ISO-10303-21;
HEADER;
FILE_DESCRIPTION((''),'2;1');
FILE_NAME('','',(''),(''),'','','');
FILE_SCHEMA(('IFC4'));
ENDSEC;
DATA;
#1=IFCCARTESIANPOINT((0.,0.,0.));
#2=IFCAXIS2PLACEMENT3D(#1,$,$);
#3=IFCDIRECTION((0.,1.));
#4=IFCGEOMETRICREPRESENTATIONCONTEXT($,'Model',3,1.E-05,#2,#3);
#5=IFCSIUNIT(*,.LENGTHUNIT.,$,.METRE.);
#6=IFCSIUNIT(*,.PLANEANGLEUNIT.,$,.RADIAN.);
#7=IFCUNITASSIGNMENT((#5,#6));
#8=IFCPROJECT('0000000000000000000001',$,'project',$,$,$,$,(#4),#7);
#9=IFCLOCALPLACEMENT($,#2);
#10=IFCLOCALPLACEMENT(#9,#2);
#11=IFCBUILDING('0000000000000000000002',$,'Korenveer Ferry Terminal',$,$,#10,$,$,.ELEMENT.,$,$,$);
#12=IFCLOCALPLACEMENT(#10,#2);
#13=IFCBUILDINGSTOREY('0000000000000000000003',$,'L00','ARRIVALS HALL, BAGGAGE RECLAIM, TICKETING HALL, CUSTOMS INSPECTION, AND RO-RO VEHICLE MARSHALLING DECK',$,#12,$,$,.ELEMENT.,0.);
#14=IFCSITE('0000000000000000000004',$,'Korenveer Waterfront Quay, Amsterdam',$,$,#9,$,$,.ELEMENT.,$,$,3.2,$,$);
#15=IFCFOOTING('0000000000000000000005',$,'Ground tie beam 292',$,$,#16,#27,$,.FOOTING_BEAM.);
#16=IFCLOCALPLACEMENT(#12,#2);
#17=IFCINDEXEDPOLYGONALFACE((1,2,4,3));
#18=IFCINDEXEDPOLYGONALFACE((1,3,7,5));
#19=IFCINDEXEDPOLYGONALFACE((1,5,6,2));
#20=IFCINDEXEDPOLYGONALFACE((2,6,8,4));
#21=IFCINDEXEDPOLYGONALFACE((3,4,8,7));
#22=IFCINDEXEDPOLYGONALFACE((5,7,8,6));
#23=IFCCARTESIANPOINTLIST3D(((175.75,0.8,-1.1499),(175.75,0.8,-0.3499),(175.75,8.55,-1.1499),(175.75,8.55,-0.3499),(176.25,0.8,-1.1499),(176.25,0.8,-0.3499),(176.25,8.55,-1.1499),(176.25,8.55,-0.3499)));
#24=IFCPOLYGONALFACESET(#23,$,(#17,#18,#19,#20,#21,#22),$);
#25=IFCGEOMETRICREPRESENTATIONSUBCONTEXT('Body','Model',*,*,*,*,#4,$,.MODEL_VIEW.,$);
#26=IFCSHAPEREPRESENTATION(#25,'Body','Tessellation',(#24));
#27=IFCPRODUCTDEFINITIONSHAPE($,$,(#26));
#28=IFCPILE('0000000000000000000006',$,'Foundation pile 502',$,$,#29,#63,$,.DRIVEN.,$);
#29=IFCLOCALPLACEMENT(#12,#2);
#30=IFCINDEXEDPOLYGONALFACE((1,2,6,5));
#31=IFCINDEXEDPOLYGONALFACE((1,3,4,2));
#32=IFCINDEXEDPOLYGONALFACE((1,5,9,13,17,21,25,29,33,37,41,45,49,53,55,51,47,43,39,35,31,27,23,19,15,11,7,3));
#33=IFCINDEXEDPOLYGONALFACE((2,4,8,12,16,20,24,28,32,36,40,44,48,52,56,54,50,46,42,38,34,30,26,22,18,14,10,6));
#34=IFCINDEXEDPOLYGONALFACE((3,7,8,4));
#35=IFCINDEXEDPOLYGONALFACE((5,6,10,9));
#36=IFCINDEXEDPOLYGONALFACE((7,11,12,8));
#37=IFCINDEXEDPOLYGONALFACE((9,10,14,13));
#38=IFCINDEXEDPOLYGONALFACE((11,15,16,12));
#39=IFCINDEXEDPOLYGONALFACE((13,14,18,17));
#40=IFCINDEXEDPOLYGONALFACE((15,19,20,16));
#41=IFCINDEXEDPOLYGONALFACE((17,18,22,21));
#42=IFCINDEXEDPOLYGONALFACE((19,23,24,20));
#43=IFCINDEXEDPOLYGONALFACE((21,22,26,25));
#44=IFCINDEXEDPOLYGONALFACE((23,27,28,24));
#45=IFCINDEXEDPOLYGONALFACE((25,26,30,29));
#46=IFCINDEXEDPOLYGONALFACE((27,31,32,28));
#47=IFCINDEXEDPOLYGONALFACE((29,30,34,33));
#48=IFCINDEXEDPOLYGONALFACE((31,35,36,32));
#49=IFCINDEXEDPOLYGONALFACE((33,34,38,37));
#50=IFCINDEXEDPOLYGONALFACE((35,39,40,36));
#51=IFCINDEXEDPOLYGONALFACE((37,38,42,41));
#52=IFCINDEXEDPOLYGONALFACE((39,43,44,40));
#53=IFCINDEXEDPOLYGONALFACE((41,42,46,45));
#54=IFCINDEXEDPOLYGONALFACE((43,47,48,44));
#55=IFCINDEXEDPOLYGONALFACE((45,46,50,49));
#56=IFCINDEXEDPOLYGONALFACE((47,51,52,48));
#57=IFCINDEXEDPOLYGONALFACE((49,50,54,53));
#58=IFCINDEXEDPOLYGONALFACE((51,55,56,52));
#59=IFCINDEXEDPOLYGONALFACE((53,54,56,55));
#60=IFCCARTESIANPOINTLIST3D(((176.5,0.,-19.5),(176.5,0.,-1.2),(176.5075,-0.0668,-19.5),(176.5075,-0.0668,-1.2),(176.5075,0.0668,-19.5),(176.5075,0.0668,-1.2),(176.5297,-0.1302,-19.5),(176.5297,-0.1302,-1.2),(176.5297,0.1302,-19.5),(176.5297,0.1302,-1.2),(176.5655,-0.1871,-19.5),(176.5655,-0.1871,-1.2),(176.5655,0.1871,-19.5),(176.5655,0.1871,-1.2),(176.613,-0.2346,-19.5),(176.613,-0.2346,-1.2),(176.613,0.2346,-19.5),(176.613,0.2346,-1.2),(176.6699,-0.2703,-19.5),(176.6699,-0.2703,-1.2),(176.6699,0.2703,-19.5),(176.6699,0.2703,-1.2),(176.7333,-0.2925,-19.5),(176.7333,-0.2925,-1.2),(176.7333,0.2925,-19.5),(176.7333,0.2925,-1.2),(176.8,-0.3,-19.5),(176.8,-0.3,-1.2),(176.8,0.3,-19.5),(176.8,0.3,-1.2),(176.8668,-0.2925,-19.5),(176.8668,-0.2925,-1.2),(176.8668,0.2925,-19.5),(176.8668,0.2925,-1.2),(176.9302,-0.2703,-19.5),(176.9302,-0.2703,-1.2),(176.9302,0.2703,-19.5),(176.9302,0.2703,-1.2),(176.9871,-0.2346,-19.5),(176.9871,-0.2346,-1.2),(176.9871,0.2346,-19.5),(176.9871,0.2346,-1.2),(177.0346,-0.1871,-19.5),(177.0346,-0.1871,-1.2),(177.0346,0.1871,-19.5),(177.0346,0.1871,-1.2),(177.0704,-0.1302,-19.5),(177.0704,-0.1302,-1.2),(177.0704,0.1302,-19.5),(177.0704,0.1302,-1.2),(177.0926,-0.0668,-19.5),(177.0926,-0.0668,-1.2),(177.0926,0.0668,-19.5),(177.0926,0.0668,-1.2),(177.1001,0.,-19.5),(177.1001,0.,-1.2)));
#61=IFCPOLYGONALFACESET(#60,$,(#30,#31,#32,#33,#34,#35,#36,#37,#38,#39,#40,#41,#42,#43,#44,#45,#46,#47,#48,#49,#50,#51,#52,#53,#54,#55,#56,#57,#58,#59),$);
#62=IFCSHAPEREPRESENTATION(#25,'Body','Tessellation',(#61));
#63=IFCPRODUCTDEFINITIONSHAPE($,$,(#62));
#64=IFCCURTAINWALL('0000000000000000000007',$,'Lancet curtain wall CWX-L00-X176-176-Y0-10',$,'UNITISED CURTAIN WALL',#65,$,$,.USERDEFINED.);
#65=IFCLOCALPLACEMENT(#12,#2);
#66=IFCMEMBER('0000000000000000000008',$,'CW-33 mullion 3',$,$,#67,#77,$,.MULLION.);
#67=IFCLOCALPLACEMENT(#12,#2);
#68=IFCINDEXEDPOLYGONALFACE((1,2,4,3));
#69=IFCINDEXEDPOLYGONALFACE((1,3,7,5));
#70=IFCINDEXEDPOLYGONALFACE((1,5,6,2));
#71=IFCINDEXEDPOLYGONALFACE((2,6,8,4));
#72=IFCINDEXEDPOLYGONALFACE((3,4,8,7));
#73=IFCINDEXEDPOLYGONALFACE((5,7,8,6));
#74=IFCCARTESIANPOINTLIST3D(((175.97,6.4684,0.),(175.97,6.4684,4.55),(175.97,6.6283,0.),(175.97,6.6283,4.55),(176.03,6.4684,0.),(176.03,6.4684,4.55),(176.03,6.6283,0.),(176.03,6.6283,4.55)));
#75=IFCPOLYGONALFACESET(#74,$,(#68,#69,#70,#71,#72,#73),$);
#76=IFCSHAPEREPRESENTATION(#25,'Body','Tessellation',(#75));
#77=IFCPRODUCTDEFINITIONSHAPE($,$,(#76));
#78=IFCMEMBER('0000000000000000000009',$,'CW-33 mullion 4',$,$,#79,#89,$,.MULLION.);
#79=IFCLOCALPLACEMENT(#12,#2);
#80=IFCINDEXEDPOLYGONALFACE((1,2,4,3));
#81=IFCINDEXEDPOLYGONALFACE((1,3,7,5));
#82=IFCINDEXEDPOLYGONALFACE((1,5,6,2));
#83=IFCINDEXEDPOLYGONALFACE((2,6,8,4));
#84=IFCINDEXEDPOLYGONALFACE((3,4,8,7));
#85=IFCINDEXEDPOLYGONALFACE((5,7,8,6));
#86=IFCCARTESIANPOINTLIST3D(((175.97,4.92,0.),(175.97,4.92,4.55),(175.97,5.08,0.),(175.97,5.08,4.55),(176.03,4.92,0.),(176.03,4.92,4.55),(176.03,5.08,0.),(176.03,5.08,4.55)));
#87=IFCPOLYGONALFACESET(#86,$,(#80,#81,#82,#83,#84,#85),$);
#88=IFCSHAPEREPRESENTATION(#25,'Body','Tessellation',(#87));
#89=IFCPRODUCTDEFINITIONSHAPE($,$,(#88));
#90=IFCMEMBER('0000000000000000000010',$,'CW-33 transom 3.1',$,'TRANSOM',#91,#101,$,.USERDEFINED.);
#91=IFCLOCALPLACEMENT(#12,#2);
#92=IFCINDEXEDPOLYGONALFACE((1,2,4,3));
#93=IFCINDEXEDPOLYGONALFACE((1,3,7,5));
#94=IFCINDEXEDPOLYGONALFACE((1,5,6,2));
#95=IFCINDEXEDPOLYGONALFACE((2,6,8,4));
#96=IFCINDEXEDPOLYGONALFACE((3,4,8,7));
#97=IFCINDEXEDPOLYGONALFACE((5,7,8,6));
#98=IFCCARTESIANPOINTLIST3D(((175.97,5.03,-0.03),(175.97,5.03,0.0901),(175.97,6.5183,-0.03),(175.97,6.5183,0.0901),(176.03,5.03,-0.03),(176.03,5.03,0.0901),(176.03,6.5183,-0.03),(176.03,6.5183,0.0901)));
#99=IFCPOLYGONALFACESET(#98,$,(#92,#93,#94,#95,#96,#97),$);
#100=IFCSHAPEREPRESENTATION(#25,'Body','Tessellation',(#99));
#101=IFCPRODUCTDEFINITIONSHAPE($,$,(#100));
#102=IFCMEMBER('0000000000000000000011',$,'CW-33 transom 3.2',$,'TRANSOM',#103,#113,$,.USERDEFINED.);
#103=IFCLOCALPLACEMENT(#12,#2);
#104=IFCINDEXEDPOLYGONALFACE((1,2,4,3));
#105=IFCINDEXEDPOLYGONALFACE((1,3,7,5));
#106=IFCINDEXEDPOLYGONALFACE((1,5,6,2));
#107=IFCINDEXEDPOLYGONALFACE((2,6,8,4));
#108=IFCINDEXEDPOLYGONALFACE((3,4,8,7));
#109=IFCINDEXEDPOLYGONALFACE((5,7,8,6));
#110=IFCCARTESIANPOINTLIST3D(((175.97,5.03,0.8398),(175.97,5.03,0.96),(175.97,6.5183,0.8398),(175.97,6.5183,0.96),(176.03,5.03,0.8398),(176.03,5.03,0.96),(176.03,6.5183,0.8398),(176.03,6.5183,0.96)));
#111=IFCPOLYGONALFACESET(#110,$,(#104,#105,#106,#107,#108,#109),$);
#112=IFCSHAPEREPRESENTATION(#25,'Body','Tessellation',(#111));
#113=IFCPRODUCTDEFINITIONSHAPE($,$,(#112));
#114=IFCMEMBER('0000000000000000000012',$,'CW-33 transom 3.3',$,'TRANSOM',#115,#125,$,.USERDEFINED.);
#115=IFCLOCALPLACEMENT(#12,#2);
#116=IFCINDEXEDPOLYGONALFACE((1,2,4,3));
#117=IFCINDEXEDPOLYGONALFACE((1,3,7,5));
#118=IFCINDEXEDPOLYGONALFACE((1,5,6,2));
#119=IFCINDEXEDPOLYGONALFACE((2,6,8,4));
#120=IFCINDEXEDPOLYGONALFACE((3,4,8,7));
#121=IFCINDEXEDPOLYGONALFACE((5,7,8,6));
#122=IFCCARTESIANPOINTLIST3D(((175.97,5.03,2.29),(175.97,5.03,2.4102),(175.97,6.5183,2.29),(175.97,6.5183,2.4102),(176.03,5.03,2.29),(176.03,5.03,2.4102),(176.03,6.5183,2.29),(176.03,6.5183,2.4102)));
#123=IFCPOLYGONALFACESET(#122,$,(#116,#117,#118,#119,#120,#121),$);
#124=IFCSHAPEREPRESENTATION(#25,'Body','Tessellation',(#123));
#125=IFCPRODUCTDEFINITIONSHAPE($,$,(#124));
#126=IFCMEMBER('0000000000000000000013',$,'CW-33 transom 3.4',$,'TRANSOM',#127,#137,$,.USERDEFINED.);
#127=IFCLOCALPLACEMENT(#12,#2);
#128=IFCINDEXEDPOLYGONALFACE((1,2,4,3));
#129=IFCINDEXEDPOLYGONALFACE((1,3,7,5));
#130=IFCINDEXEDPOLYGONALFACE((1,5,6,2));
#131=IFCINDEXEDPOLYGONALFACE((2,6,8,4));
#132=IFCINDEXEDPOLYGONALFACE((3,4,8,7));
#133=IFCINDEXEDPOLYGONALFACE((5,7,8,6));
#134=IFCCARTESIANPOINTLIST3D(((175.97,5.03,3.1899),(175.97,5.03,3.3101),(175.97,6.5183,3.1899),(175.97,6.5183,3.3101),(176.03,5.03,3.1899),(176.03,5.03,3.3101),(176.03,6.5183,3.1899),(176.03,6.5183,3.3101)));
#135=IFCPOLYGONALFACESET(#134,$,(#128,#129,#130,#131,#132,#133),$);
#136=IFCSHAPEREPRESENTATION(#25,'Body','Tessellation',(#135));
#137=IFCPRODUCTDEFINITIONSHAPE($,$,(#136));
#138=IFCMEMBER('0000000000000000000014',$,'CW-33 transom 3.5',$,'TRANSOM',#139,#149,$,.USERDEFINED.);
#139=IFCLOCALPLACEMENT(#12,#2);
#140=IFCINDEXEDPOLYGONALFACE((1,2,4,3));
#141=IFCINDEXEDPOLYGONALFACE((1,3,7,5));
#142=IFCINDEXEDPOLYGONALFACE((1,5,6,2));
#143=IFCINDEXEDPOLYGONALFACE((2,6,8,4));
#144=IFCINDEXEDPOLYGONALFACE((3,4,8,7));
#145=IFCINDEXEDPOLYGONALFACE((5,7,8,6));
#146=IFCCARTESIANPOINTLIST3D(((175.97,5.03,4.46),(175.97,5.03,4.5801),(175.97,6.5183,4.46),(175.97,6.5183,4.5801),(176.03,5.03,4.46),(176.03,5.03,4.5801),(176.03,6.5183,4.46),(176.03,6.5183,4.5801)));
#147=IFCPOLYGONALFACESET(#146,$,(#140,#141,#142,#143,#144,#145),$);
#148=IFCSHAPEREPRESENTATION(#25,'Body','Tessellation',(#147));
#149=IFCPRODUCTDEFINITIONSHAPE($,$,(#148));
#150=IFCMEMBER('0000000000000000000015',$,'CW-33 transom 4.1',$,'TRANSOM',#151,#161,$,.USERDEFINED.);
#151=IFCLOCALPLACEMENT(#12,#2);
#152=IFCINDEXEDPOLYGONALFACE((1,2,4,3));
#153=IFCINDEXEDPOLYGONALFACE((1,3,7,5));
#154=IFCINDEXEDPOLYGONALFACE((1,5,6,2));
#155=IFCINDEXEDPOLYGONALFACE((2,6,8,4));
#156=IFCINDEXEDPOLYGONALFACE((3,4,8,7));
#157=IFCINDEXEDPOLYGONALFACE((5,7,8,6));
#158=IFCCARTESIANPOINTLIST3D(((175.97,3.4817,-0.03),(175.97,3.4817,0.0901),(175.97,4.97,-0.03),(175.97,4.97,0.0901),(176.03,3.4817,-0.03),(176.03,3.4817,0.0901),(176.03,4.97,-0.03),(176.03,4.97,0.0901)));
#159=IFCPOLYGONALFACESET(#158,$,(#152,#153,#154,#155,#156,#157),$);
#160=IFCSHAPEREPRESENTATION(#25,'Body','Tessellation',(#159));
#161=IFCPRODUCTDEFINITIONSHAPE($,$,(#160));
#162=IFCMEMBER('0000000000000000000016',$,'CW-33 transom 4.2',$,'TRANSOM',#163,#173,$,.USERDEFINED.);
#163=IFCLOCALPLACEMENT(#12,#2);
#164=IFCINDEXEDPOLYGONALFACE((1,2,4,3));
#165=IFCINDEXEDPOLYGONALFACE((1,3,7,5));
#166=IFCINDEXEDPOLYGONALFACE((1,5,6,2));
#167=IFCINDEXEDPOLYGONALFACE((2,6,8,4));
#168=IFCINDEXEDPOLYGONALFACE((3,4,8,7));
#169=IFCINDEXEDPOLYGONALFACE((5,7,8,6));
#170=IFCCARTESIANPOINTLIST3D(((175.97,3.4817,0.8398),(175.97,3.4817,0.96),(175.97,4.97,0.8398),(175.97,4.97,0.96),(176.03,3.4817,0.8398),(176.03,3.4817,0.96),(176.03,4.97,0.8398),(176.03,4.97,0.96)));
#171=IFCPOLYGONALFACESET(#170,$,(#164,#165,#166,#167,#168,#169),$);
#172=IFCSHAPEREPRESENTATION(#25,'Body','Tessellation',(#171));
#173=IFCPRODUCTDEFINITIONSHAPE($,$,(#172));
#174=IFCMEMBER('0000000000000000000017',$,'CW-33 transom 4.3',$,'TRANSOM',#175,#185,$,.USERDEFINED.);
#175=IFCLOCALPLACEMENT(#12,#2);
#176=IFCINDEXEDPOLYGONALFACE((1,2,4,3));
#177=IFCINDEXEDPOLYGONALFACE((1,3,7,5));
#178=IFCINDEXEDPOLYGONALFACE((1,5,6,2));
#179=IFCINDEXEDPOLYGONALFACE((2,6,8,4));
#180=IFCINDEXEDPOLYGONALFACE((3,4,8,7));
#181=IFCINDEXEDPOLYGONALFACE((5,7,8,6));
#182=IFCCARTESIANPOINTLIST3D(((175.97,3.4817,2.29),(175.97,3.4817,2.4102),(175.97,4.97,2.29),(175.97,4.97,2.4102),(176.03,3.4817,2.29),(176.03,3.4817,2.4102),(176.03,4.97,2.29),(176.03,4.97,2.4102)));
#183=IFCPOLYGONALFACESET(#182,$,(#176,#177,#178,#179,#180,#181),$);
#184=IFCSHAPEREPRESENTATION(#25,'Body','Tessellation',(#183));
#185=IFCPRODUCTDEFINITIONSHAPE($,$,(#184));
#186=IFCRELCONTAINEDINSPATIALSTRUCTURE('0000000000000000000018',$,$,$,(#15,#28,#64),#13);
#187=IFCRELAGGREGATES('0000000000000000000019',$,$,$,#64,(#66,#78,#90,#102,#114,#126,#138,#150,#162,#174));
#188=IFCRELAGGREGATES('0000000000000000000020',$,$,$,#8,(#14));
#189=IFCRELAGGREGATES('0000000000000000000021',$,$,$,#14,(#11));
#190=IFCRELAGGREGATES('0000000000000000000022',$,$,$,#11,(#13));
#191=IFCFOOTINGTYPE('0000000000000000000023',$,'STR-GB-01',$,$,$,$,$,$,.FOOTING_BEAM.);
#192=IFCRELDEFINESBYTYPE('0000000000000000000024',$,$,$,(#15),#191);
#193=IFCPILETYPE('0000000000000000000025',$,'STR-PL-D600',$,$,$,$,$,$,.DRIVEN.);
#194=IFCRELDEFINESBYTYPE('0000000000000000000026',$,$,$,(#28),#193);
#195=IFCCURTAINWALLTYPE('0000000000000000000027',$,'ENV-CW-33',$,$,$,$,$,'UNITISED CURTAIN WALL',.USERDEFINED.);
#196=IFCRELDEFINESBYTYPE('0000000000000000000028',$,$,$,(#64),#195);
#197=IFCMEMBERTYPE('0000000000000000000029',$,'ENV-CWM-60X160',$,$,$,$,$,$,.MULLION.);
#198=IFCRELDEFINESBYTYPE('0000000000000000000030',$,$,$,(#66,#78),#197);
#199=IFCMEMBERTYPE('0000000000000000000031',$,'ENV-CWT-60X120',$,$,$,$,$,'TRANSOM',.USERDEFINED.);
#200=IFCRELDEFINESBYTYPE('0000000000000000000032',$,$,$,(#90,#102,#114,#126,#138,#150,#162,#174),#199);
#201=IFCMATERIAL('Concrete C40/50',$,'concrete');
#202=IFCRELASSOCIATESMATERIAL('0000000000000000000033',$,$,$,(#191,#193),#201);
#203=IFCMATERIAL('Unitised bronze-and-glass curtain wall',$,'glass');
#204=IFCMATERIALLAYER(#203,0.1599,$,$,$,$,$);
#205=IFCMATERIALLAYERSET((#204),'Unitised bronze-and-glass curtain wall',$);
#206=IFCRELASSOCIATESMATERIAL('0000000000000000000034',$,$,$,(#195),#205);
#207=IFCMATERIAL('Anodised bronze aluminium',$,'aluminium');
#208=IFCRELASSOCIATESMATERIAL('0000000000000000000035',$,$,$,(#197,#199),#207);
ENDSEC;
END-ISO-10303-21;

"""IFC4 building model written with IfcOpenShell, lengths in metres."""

from ifc_helpers import new_model, si_unit, direction, frame, origin, origin_2d, place, context, subcontext, project, spatial, rectangle, circle, extrude, material, layer, layer_set, material_profile, profile_set, type_object, element, aggregate, save


model = new_model("IFC4")

# Units and contexts
model_context = context("Model", 3, precision=1e-05, world=origin(), true_north=direction((0.0, 1.0)))
body_context = subcontext(model_context, "Body", "Model", "MODEL_VIEW")
ifc_project = project(units=[si_unit("LENGTHUNIT", "METRE"), si_unit("PLANEANGLEUNIT", "RADIAN")], contexts=[model_context])

# Site, building, storey
site_placement = place(None, origin())
site = spatial("IfcSite", under=ifc_project, at=site_placement, Name="Korenveer Waterfront Quay, Amsterdam", CompositionType="ELEMENT", RefElevation=3.2)
building_placement = place(site_placement, origin())
building = spatial("IfcBuilding", under=site, at=building_placement, Name="Korenveer Ferry Terminal", CompositionType="ELEMENT")
storey_placement = place(building_placement, origin())
storey = spatial("IfcBuildingStorey", under=building, at=storey_placement, Name="L00", Description="ARRIVALS HALL, BAGGAGE RECLAIM, TICKETING HALL, CUSTOMS INSPECTION, AND RO-RO VEHICLE MARSHALLING DECK", CompositionType="ELEMENT", Elevation=0.0)

# Footing
ifc_material_1 = material(Name="Concrete C40/50", Category="concrete")
footing_type = type_object("IfcFootingType", Name="STR-GB-01", PredefinedType="FOOTING_BEAM", material=ifc_material_1)
footing_placement = place(storey_placement, frame((176.0, 4.675, -1.1499), z_axis=(0.0, 0.0, 1.0), x_axis=(1.0, 0.0, 0.0)))
element("IfcFooting", 1, at=footing_placement, inside=storey, type_object=footing_type, Name="Ground tie beam 292", PredefinedType="FOOTING_BEAM", context=body_context, shape_type="SweptSolid", body=[
    extrude(rectangle(XDim=0.5, YDim=7.75, at=origin_2d()), origin(), (0.0, 0.0, 1.0), 0.8),
])

# Pile
ifc_material_profile_1 = material_profile(ifc_material_1, circle(Radius=0.3, at=origin_2d()), Name="PILE D600")
ifc_profile_set_1 = profile_set([ifc_material_profile_1], Name="Concrete C40/50")
pile_type = type_object("IfcPileType", Name="STR-PL-D600", PredefinedType="DRIVEN", material=ifc_profile_set_1)
pile_placement = place(storey_placement, frame((176.8, 0.0, -1.2), z_axis=(0.0, 0.0, -1.0), x_axis=(1.0, 0.0, 0.0)))
element("IfcPile", 2, at=pile_placement, inside=storey, type_object=pile_type, Name="Foundation pile 502", PredefinedType="DRIVEN", context=body_context, shape_type="SweptSolid", body=[
    extrude(circle(Radius=0.3, at=origin_2d()), origin(), (0.0, 0.0, 1.0), 18.3),
])

# Curtain wall, members
ifc_material_2 = material(Name="Unitised bronze-and-glass curtain wall", Category="glass")
ifc_layer_1 = layer(ifc_material_2, 0.1599)
ifc_layer_set_1 = layer_set([ifc_layer_1], Name="Unitised bronze-and-glass curtain wall")
curtain_wall_type = type_object("IfcCurtainWallType", Name="ENV-CW-33", ElementType="UNITISED CURTAIN WALL", PredefinedType="USERDEFINED", material=ifc_layer_set_1)
curtain_wall_placement = place(storey_placement, frame((176.0, 9.645, 0.0)))
curtain_wall = element("IfcCurtainWall", 3, at=curtain_wall_placement, inside=storey, type_object=curtain_wall_type, Name="Lancet curtain wall CWX-L00-X176-176-Y0-10", ObjectType="UNITISED CURTAIN WALL", PredefinedType="USERDEFINED")
ifc_material_3 = material(Name="Anodised bronze aluminium", Category="aluminium")
ifc_material_profile_2 = material_profile(ifc_material_3, rectangle(XDim=0.0601, YDim=0.1599, at=origin_2d()), Name="ALU 60x160")
ifc_profile_set_2 = profile_set([ifc_material_profile_2], Name="Anodised bronze aluminium")
member_type_1 = type_object("IfcMemberType", Name="ENV-CWM-60X160", PredefinedType="MULLION", material=ifc_profile_set_2)
member_1_placement = place(storey_placement, frame((176.0, 6.5483, 0.0), z_axis=(0.0, 0.0, 1.0), x_axis=(1.0, 0.0, 0.0)))
member_1 = element("IfcMember", 4, at=member_1_placement, type_object=member_type_1, Name="CW-33 mullion 3", PredefinedType="MULLION", context=body_context, shape_type="SweptSolid", body=[
    extrude(rectangle(XDim=0.0601, YDim=0.1599, at=origin_2d()), origin(), (0.0, 0.0, 1.0), 4.55),
])
member_2_placement = place(storey_placement, frame((176.0, 5.0, 0.0), z_axis=(0.0, 0.0, 1.0), x_axis=(1.0, 0.0, 0.0)))
member_2 = element("IfcMember", 5, at=member_2_placement, type_object=member_type_1, Name="CW-33 mullion 4", PredefinedType="MULLION", context=body_context, shape_type="SweptSolid", body=[
    extrude(rectangle(XDim=0.0601, YDim=0.1599, at=origin_2d()), origin(), (0.0, 0.0, 1.0), 4.55),
])
ifc_material_profile_3 = material_profile(ifc_material_3, rectangle(XDim=0.0601, YDim=0.1201, at=origin_2d()), Name="ALU 60x120")
ifc_profile_set_3 = profile_set([ifc_material_profile_3], Name="Anodised bronze aluminium")
member_type_2 = type_object("IfcMemberType", Name="ENV-CWT-60X120", ElementType="TRANSOM", PredefinedType="USERDEFINED", material=ifc_profile_set_3)
member_3_placement = place(storey_placement, frame((176.0, 6.5183, 0.03), z_axis=(0.0, -1.0, 0.0), x_axis=(1.0, 0.0, 0.0)))
member_3 = element("IfcMember", 6, at=member_3_placement, type_object=member_type_2, Name="CW-33 transom 3.1", ObjectType="TRANSOM", PredefinedType="USERDEFINED", context=body_context, shape_type="SweptSolid", body=[
    extrude(rectangle(XDim=0.0601, YDim=0.1201, at=origin_2d()), origin(), (0.0, 0.0, 1.0), 1.4883),
])
member_4_placement = place(storey_placement, frame((176.0, 6.5183, 0.8999), z_axis=(0.0, -1.0, 0.0), x_axis=(1.0, 0.0, 0.0)))
member_4 = element("IfcMember", 7, at=member_4_placement, type_object=member_type_2, Name="CW-33 transom 3.2", ObjectType="TRANSOM", PredefinedType="USERDEFINED", context=body_context, shape_type="SweptSolid", body=[
    extrude(rectangle(XDim=0.0601, YDim=0.1201, at=origin_2d()), origin(), (0.0, 0.0, 1.0), 1.4883),
])
member_5_placement = place(storey_placement, frame((176.0, 6.5183, 2.3501), z_axis=(0.0, -1.0, 0.0), x_axis=(1.0, 0.0, 0.0)))
member_5 = element("IfcMember", 8, at=member_5_placement, type_object=member_type_2, Name="CW-33 transom 3.3", ObjectType="TRANSOM", PredefinedType="USERDEFINED", context=body_context, shape_type="SweptSolid", body=[
    extrude(rectangle(XDim=0.0601, YDim=0.1201, at=origin_2d()), origin(), (0.0, 0.0, 1.0), 1.4883),
])
member_6_placement = place(storey_placement, frame((176.0, 6.5183, 3.25), z_axis=(0.0, -1.0, 0.0), x_axis=(1.0, 0.0, 0.0)))
member_6 = element("IfcMember", 9, at=member_6_placement, type_object=member_type_2, Name="CW-33 transom 3.4", ObjectType="TRANSOM", PredefinedType="USERDEFINED", context=body_context, shape_type="SweptSolid", body=[
    extrude(rectangle(XDim=0.0601, YDim=0.1201, at=origin_2d()), origin(), (0.0, 0.0, 1.0), 1.4883),
])
member_7_placement = place(storey_placement, frame((176.0, 6.5183, 4.52), z_axis=(0.0, -1.0, 0.0), x_axis=(1.0, 0.0, 0.0)))
member_7 = element("IfcMember", 10, at=member_7_placement, type_object=member_type_2, Name="CW-33 transom 3.5", ObjectType="TRANSOM", PredefinedType="USERDEFINED", context=body_context, shape_type="SweptSolid", body=[
    extrude(rectangle(XDim=0.0601, YDim=0.1201, at=origin_2d()), origin(), (0.0, 0.0, 1.0), 1.4883),
])
member_8_placement = place(storey_placement, frame((176.0, 4.97, 0.03), z_axis=(0.0, -1.0, 0.0), x_axis=(1.0, 0.0, 0.0)))
member_8 = element("IfcMember", 11, at=member_8_placement, type_object=member_type_2, Name="CW-33 transom 4.1", ObjectType="TRANSOM", PredefinedType="USERDEFINED", context=body_context, shape_type="SweptSolid", body=[
    extrude(rectangle(XDim=0.0601, YDim=0.1201, at=origin_2d()), origin(), (0.0, 0.0, 1.0), 1.4883),
])
member_9_placement = place(storey_placement, frame((176.0, 4.97, 0.8999), z_axis=(0.0, -1.0, 0.0), x_axis=(1.0, 0.0, 0.0)))
member_9 = element("IfcMember", 12, at=member_9_placement, type_object=member_type_2, Name="CW-33 transom 4.2", ObjectType="TRANSOM", PredefinedType="USERDEFINED", context=body_context, shape_type="SweptSolid", body=[
    extrude(rectangle(XDim=0.0601, YDim=0.1201, at=origin_2d()), origin(), (0.0, 0.0, 1.0), 1.4883),
])
member_10_placement = place(storey_placement, frame((176.0, 4.97, 2.3501), z_axis=(0.0, -1.0, 0.0), x_axis=(1.0, 0.0, 0.0)))
member_10 = element("IfcMember", 13, at=member_10_placement, type_object=member_type_2, Name="CW-33 transom 4.3", ObjectType="TRANSOM", PredefinedType="USERDEFINED", context=body_context, shape_type="SweptSolid", body=[
    extrude(rectangle(XDim=0.0601, YDim=0.1201, at=origin_2d()), origin(), (0.0, 0.0, 1.0), 1.4883),
])
aggregate(curtain_wall, [member_1, member_2, member_3, member_4, member_5, member_6, member_7, member_8, member_9, member_10])

save(model, "model.ifc")
